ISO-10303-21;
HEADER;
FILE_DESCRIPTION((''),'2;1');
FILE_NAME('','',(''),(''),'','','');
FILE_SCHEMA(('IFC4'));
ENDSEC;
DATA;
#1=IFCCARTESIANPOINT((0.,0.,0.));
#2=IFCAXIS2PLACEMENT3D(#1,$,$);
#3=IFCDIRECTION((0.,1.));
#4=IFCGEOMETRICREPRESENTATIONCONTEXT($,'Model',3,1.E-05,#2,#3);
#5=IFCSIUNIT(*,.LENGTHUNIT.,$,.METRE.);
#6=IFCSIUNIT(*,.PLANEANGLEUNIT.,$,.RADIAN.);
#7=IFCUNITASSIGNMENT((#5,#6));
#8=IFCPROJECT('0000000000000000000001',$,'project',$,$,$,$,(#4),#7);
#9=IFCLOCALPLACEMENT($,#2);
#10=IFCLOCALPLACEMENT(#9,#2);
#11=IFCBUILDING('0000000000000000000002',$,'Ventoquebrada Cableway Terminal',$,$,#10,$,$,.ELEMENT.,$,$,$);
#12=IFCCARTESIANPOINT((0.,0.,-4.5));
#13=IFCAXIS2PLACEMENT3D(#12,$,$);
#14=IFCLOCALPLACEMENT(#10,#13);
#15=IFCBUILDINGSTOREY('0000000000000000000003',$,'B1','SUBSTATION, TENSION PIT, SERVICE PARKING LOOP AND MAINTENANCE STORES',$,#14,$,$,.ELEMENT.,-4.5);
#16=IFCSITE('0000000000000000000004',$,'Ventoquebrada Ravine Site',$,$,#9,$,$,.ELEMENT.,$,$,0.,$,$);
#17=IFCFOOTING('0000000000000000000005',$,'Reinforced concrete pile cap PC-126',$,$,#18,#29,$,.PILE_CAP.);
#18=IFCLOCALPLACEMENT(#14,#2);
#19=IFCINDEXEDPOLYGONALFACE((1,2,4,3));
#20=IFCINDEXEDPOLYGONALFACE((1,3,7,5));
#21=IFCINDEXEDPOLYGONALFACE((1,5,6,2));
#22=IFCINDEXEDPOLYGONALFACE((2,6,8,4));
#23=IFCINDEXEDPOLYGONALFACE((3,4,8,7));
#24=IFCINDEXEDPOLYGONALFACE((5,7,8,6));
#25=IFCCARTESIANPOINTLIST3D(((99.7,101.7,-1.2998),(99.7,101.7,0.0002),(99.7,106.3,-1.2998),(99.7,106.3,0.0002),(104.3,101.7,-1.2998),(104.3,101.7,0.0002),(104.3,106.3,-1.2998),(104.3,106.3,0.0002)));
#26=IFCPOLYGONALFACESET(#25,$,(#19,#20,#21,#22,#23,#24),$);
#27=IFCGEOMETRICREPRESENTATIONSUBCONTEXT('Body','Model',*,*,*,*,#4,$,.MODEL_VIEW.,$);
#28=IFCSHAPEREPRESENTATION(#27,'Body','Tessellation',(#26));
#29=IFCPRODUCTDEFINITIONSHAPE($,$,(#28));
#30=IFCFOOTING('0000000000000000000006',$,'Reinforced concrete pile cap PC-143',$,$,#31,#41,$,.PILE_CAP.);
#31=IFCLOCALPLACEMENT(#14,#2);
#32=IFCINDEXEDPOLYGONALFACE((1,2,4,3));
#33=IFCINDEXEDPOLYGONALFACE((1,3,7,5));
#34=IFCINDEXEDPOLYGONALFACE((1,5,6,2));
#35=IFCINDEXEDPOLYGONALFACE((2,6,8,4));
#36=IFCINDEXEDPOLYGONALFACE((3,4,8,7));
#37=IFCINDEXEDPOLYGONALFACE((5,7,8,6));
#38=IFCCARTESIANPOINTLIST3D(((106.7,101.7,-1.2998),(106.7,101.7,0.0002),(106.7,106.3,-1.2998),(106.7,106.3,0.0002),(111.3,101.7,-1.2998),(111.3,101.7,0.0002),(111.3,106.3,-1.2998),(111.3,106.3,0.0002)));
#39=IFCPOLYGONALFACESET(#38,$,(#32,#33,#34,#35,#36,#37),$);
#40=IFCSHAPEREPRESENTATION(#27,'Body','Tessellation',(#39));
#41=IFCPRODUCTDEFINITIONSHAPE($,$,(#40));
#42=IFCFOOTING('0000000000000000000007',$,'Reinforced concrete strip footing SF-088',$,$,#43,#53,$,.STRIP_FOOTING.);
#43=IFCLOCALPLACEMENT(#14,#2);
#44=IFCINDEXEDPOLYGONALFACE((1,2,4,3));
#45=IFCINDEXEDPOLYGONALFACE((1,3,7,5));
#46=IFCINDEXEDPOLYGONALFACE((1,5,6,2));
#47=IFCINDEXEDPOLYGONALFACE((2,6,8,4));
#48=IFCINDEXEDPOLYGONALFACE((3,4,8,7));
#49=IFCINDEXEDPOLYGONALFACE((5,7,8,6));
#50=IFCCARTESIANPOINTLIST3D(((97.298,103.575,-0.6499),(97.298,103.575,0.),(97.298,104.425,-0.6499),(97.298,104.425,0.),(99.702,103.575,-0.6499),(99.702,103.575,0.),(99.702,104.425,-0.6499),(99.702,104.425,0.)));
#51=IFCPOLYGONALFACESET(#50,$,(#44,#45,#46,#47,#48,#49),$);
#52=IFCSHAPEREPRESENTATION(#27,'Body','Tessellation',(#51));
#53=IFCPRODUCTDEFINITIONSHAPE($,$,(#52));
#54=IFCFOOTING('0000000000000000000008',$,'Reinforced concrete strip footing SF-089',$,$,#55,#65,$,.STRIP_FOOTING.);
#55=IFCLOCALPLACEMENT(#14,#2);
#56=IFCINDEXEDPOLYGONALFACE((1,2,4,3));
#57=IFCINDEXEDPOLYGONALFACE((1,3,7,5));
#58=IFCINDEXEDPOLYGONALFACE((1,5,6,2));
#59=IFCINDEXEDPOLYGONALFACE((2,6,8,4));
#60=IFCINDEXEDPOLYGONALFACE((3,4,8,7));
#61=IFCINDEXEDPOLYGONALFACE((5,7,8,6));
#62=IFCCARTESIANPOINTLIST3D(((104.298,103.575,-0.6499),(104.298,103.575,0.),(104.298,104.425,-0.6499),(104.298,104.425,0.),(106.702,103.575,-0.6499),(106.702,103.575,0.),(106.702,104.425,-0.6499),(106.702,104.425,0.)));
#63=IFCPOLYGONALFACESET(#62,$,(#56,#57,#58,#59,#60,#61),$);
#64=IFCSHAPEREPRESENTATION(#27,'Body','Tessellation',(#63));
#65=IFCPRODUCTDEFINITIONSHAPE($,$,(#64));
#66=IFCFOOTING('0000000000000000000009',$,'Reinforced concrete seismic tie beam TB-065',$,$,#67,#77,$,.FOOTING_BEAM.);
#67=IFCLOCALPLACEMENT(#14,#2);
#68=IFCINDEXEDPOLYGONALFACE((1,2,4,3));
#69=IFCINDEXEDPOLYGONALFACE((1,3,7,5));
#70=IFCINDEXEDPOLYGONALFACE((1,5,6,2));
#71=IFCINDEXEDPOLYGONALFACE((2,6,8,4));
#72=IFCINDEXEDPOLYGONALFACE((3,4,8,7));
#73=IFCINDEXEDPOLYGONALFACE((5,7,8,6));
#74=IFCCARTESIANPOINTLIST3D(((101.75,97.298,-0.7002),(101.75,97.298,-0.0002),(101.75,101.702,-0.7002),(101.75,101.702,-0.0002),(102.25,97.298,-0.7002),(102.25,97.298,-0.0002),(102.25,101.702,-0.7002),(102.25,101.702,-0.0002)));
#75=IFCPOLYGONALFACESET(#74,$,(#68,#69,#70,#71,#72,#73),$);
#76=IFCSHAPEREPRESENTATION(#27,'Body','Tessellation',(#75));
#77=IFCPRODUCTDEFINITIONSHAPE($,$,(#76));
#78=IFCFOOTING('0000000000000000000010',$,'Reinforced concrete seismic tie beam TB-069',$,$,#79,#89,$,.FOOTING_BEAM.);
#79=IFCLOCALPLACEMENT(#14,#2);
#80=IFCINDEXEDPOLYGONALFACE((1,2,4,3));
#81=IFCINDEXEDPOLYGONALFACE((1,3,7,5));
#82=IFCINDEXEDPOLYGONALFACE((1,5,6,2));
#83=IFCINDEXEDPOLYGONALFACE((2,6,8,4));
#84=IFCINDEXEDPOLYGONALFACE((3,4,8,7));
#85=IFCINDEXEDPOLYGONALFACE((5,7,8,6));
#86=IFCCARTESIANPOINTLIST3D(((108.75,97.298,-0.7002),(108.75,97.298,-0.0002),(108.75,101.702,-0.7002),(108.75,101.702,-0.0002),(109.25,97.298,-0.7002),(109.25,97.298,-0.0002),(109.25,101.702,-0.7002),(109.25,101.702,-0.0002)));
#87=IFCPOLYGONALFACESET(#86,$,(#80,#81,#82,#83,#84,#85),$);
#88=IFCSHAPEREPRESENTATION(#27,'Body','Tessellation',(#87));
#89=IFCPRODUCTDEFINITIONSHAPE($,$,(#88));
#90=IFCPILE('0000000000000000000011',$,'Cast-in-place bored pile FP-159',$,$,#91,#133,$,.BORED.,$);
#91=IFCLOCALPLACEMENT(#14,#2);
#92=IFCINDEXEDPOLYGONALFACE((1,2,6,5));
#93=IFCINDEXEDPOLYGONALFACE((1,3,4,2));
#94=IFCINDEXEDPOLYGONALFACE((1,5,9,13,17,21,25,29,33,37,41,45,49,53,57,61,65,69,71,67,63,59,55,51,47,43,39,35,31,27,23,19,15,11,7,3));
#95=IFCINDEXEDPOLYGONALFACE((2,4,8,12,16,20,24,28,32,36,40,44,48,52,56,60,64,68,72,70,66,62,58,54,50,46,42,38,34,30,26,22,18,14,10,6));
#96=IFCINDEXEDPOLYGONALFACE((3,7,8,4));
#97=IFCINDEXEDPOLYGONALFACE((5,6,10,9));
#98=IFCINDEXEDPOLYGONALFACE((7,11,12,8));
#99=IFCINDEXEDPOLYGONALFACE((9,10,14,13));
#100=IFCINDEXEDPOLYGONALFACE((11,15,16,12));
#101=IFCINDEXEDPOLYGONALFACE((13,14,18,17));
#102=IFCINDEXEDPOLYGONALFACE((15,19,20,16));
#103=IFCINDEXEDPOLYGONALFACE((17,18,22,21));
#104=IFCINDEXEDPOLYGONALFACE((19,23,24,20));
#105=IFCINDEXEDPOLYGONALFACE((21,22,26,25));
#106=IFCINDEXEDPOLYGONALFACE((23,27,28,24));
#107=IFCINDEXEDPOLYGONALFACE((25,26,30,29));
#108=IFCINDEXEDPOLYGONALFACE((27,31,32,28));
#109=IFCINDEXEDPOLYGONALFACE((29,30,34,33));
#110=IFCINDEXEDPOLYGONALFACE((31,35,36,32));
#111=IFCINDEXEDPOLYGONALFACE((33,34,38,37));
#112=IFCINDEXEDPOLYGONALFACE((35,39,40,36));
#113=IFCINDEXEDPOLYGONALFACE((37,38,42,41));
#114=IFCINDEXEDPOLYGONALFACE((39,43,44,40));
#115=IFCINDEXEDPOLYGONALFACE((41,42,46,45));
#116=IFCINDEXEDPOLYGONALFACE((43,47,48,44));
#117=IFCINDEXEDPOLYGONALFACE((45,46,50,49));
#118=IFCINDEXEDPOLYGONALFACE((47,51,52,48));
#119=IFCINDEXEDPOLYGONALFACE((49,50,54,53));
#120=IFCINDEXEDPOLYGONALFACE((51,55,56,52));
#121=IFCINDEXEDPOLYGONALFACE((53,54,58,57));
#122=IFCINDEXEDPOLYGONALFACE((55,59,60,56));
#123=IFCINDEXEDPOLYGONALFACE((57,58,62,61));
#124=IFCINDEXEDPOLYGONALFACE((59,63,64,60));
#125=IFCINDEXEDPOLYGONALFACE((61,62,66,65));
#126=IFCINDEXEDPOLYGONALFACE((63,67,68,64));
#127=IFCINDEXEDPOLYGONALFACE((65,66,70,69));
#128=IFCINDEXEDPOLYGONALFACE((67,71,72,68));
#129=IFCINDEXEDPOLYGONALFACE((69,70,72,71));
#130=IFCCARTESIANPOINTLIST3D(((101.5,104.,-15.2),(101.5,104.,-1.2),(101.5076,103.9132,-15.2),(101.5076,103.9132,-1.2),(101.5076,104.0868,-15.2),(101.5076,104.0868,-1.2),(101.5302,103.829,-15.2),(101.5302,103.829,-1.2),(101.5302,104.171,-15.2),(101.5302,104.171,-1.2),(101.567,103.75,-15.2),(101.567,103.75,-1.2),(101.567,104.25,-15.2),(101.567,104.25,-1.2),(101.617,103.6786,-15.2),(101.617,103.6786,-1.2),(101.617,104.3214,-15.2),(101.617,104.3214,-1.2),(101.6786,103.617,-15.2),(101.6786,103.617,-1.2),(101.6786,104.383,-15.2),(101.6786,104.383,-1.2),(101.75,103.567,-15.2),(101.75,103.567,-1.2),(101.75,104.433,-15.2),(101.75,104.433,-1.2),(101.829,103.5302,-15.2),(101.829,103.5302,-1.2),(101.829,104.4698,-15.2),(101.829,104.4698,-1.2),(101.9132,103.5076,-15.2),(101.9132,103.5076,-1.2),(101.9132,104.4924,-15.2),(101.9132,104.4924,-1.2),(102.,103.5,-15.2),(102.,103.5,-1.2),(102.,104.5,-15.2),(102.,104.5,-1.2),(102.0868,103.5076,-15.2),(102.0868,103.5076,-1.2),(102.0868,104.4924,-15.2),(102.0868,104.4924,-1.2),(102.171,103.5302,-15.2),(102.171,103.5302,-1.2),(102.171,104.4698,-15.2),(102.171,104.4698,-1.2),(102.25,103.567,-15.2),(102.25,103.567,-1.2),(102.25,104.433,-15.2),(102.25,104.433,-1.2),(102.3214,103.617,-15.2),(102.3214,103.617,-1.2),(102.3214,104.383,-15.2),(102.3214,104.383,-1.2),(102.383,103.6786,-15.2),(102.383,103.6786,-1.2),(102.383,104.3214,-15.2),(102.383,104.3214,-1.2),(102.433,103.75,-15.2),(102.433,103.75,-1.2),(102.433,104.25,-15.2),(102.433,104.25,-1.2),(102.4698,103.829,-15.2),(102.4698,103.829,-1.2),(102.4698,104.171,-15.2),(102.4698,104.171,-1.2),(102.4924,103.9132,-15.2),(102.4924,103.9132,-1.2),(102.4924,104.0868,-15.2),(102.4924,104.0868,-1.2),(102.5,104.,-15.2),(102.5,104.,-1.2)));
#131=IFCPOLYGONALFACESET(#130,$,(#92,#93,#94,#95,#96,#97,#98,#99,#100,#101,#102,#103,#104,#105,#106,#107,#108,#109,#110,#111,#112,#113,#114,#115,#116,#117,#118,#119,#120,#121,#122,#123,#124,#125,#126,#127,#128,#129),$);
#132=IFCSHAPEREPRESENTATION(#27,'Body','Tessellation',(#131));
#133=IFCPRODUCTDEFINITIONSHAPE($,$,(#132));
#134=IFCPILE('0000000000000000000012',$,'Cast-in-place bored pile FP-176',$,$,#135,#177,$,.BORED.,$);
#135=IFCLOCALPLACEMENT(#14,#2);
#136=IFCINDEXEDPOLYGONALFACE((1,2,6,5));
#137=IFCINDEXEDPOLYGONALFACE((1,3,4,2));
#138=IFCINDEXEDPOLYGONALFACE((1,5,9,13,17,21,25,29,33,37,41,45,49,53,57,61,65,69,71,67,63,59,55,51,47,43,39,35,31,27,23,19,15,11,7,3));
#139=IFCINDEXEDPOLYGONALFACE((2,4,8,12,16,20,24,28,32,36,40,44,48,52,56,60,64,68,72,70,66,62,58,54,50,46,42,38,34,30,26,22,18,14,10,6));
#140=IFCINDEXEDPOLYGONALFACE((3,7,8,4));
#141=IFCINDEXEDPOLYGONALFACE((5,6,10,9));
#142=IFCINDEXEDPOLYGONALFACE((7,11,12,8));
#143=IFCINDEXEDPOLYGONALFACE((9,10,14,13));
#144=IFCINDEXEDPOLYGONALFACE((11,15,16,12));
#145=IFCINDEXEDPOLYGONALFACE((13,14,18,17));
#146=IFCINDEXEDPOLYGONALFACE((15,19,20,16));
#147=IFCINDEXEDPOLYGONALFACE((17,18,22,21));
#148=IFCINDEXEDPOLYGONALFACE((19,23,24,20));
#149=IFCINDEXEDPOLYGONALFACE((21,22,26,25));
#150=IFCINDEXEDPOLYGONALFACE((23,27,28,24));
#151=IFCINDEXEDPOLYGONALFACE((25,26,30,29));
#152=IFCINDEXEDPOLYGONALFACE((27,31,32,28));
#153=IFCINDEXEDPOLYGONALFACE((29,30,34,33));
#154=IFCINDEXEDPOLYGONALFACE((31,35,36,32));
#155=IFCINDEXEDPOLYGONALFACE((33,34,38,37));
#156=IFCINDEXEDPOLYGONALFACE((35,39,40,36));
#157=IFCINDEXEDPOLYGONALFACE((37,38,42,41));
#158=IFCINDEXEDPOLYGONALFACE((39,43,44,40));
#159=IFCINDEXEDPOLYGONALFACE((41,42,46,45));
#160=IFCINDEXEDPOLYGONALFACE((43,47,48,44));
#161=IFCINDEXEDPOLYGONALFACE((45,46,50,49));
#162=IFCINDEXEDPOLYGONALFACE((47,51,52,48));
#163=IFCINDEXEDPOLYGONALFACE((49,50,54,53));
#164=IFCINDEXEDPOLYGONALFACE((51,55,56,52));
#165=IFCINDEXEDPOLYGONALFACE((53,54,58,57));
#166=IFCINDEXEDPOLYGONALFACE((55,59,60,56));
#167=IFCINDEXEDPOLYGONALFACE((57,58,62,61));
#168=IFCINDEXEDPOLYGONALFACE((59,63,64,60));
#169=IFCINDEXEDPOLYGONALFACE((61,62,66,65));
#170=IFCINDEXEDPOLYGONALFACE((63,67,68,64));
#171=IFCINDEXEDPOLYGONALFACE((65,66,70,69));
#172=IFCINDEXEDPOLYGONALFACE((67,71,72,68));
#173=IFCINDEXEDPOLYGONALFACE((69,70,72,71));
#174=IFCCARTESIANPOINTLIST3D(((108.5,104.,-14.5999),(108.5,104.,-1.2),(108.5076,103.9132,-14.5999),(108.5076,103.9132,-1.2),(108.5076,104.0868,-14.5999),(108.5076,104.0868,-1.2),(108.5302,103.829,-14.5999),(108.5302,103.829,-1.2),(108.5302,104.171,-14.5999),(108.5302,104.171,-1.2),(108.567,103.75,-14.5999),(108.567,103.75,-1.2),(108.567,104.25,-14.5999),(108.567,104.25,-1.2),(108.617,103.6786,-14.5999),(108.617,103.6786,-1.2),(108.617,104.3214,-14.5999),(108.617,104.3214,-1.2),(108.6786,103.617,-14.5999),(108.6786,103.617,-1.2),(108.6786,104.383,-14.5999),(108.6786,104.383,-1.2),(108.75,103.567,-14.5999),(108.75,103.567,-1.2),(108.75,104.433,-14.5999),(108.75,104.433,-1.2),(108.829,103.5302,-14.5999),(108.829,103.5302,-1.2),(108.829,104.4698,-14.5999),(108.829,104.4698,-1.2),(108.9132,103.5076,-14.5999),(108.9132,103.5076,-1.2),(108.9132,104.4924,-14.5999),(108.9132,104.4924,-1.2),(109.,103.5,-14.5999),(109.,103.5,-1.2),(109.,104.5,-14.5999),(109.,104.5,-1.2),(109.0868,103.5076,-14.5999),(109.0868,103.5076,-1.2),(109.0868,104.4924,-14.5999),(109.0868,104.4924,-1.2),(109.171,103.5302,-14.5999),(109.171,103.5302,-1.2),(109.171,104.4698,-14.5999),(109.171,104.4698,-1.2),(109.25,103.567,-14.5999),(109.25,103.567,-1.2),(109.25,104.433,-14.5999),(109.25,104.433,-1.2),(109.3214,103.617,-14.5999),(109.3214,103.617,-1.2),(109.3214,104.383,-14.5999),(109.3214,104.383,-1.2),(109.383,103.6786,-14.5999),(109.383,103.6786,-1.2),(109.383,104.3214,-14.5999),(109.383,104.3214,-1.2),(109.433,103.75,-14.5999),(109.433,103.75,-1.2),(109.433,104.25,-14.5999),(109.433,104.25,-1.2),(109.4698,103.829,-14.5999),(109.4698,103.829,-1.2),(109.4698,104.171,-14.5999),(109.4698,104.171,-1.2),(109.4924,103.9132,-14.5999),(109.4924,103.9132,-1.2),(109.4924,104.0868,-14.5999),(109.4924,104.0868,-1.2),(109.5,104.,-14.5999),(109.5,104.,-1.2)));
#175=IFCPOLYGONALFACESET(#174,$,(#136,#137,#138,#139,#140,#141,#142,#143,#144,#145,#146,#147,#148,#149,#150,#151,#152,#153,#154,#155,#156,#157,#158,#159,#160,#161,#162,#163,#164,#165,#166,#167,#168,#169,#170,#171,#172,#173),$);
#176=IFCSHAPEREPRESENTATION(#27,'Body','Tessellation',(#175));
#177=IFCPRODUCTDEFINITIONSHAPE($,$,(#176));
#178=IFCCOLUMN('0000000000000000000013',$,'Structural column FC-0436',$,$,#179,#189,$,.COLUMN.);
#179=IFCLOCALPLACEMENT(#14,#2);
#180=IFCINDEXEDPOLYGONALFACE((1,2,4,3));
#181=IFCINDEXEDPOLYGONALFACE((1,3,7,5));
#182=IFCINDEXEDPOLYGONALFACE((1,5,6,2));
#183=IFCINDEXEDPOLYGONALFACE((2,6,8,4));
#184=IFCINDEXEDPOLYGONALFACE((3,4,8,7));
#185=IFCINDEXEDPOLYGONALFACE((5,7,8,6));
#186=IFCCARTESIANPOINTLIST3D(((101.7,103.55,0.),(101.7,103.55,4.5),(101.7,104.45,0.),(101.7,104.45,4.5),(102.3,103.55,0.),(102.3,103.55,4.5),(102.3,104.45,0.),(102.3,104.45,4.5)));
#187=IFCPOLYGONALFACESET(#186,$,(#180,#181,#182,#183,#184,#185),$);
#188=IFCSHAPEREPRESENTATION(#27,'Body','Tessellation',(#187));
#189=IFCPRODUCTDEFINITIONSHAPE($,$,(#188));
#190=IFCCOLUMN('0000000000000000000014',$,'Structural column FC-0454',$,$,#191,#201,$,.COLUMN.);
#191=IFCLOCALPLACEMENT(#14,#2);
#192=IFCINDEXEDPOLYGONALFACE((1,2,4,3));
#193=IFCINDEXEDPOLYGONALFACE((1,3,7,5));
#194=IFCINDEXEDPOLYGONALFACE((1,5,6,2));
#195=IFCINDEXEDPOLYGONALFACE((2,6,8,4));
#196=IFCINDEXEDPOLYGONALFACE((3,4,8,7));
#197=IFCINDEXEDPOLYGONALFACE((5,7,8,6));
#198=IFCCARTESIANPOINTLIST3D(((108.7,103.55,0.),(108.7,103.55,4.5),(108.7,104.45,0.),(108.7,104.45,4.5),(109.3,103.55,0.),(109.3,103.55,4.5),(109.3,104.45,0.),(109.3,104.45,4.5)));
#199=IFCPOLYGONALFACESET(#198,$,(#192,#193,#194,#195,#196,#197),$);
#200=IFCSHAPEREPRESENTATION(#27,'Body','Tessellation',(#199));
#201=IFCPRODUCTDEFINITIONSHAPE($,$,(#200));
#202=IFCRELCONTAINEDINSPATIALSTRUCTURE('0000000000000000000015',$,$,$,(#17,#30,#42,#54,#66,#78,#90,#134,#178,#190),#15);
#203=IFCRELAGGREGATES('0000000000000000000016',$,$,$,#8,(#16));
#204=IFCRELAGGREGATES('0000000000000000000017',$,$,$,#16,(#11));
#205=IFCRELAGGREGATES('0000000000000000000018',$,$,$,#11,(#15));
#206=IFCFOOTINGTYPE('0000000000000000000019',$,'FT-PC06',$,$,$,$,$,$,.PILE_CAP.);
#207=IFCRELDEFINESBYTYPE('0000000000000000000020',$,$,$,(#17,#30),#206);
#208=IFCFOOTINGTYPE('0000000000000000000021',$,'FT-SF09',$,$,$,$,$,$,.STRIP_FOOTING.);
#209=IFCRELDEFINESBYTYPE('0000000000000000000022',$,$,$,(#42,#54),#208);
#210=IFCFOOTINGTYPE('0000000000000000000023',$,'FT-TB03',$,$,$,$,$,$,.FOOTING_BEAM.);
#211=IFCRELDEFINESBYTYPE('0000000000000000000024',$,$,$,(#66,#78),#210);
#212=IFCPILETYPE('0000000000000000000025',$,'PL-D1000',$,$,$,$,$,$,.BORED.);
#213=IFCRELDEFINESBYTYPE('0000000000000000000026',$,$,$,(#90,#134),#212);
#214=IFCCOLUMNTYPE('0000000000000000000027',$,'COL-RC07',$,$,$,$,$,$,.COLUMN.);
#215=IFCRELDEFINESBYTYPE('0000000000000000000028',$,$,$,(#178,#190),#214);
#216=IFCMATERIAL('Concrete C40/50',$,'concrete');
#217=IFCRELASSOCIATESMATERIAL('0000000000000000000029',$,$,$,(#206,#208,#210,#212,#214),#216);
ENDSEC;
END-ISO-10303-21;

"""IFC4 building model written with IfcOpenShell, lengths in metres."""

from ifc_helpers import new_model, si_unit, direction, frame, origin, origin_2d, place, context, subcontext, project, spatial, rectangle, circle, extrude, material, material_profile, profile_set, type_object, element, save


model = new_model("IFC4")

# Units and contexts
model_context = context("Model", 3, precision=1e-05, world=origin(), true_north=direction((0.0, 1.0)))
body_context = subcontext(model_context, "Body", "Model", "MODEL_VIEW")
ifc_project = project(units=[si_unit("LENGTHUNIT", "METRE"), si_unit("PLANEANGLEUNIT", "RADIAN")], contexts=[model_context])

# Site, building, storey
site_placement = place(None, origin())
site = spatial("IfcSite", under=ifc_project, at=site_placement, Name="Ventoquebrada Ravine Site", CompositionType="ELEMENT", RefElevation=0.0)
building_placement = place(site_placement, origin())
building = spatial("IfcBuilding", under=site, at=building_placement, Name="Ventoquebrada Cableway Terminal", CompositionType="ELEMENT")
storey_placement = place(building_placement, frame((0.0, 0.0, -4.5)))
storey = spatial("IfcBuildingStorey", under=building, at=storey_placement, Name="B1", Description="SUBSTATION, TENSION PIT, SERVICE PARKING LOOP AND MAINTENANCE STORES", CompositionType="ELEMENT", Elevation=-4.5)

# Footings
ifc_material_1 = material(Name="Concrete C40/50", Category="concrete")
footing_type_1 = type_object("IfcFootingType", Name="FT-PC06", PredefinedType="PILE_CAP", material=ifc_material_1)
for number, where, z_axis, x_axis, name in (
    (1, (102.0, 104.0, -1.2998), (0.0, 0.0, 1.0), (1.0, 0.0, 0.0), "Reinforced concrete pile cap PC-126"),
    (2, (109.0, 104.0, -1.2998), (0.0, 0.0, 1.0), (1.0, 0.0, 0.0), "Reinforced concrete pile cap PC-143"),
):
    element("IfcFooting", number, at=place(storey_placement, frame(where, z_axis=z_axis, x_axis=x_axis)), inside=storey, type_object=footing_type_1, Name=name, PredefinedType="PILE_CAP", context=body_context, shape_type="SweptSolid", body=[
        extrude(rectangle(XDim=4.6001, YDim=4.6001, at=origin_2d()), origin(), (0.0, 0.0, 1.0), 1.3),
    ])
footing_type_2 = type_object("IfcFootingType", Name="FT-SF09", PredefinedType="STRIP_FOOTING", material=ifc_material_1)
for number, where, z_axis, x_axis, name in (
    (3, (98.5, 104.0, -0.6499), (0.0, 0.0, 1.0), (1.0, 0.0, 0.0), "Reinforced concrete strip footing SF-088"),
    (4, (105.5, 104.0, -0.6499), (0.0, 0.0, 1.0), (1.0, 0.0, 0.0), "Reinforced concrete strip footing SF-089"),
):
    element("IfcFooting", number, at=place(storey_placement, frame(where, z_axis=z_axis, x_axis=x_axis)), inside=storey, type_object=footing_type_2, Name=name, PredefinedType="STRIP_FOOTING", context=body_context, shape_type="SweptSolid", body=[
        extrude(rectangle(XDim=2.4041, YDim=0.8501, at=origin_2d()), origin(), (0.0, 0.0, 1.0), 0.6499),
    ])
footing_type_3 = type_object("IfcFootingType", Name="FT-TB03", PredefinedType="FOOTING_BEAM", material=ifc_material_1)
for number, where, z_axis, x_axis, name in (
    (5, (102.0, 99.5, -0.7002), (0.0, 0.0, 1.0), (0.0, 1.0, 0.0), "Reinforced concrete seismic tie beam TB-065"),
    (6, (109.0, 99.5, -0.7002), (0.0, 0.0, 1.0), (0.0, 1.0, 0.0), "Reinforced concrete seismic tie beam TB-069"),
):
    element("IfcFooting", number, at=place(storey_placement, frame(where, z_axis=z_axis, x_axis=x_axis)), inside=storey, type_object=footing_type_3, Name=name, PredefinedType="FOOTING_BEAM", context=body_context, shape_type="SweptSolid", body=[
        extrude(rectangle(XDim=4.4041, YDim=0.5, at=origin_2d()), origin(), (0.0, 0.0, 1.0), 0.7),
    ])

# Piles
ifc_material_profile_1 = material_profile(ifc_material_1, circle(Radius=0.5, at=origin_2d()), Name="PILE-D1000")
ifc_profile_set_1 = profile_set([ifc_material_profile_1], Name="Concrete C40/50")
pile_type = type_object("IfcPileType", Name="PL-D1000", PredefinedType="BORED", material=ifc_profile_set_1)
pile_1_placement = place(storey_placement, frame((102.0, 104.0, -1.2), z_axis=(0.0, 0.0, -1.0), x_axis=(1.0, 0.0, 0.0)))
element("IfcPile", 7, at=pile_1_placement, inside=storey, type_object=pile_type, Name="Cast-in-place bored pile FP-159", PredefinedType="BORED", context=body_context, shape_type="SweptSolid", body=[
    extrude(circle(Radius=0.5, at=origin_2d()), origin(), (0.0, 0.0, 1.0), 14.0),
])
pile_2_placement = place(storey_placement, frame((109.0, 104.0, -1.2), z_axis=(0.0, 0.0, -1.0), x_axis=(1.0, 0.0, 0.0)))
element("IfcPile", 8, at=pile_2_placement, inside=storey, type_object=pile_type, Name="Cast-in-place bored pile FP-176", PredefinedType="BORED", context=body_context, shape_type="SweptSolid", body=[
    extrude(circle(Radius=0.5, at=origin_2d()), origin(), (0.0, 0.0, 1.0), 13.3999),
])

# Columns
ifc_material_profile_2 = material_profile(ifc_material_1, rectangle(XDim=0.6001, YDim=0.8999, at=origin_2d()), Name="RC-COL-900X600")
ifc_profile_set_2 = profile_set([ifc_material_profile_2], Name="Concrete C40/50")
column_type_1 = type_object("IfcColumnType", Name="COL-RC07", PredefinedType="COLUMN", material=ifc_profile_set_2)
for number, where, z_axis, x_axis, name in (
    (9, (102.0, 104.0, 0.0), (0.0, 0.0, 1.0), (1.0, 0.0, 0.0), "Structural column FC-0436"),
    (10, (109.0, 104.0, 0.0), (0.0, 0.0, 1.0), (1.0, 0.0, 0.0), "Structural column FC-0454"),
):
    element("IfcColumn", number, at=place(storey_placement, frame(where, z_axis=z_axis, x_axis=x_axis)), inside=storey, type_object=column_type_1, Name=name, PredefinedType="COLUMN", context=body_context, shape_type="SweptSolid", body=[
        extrude(rectangle(XDim=0.6001, YDim=0.8999, at=origin_2d()), origin(), (0.0, 0.0, 1.0), 4.5),
    ])

save(model, "model.ifc")
